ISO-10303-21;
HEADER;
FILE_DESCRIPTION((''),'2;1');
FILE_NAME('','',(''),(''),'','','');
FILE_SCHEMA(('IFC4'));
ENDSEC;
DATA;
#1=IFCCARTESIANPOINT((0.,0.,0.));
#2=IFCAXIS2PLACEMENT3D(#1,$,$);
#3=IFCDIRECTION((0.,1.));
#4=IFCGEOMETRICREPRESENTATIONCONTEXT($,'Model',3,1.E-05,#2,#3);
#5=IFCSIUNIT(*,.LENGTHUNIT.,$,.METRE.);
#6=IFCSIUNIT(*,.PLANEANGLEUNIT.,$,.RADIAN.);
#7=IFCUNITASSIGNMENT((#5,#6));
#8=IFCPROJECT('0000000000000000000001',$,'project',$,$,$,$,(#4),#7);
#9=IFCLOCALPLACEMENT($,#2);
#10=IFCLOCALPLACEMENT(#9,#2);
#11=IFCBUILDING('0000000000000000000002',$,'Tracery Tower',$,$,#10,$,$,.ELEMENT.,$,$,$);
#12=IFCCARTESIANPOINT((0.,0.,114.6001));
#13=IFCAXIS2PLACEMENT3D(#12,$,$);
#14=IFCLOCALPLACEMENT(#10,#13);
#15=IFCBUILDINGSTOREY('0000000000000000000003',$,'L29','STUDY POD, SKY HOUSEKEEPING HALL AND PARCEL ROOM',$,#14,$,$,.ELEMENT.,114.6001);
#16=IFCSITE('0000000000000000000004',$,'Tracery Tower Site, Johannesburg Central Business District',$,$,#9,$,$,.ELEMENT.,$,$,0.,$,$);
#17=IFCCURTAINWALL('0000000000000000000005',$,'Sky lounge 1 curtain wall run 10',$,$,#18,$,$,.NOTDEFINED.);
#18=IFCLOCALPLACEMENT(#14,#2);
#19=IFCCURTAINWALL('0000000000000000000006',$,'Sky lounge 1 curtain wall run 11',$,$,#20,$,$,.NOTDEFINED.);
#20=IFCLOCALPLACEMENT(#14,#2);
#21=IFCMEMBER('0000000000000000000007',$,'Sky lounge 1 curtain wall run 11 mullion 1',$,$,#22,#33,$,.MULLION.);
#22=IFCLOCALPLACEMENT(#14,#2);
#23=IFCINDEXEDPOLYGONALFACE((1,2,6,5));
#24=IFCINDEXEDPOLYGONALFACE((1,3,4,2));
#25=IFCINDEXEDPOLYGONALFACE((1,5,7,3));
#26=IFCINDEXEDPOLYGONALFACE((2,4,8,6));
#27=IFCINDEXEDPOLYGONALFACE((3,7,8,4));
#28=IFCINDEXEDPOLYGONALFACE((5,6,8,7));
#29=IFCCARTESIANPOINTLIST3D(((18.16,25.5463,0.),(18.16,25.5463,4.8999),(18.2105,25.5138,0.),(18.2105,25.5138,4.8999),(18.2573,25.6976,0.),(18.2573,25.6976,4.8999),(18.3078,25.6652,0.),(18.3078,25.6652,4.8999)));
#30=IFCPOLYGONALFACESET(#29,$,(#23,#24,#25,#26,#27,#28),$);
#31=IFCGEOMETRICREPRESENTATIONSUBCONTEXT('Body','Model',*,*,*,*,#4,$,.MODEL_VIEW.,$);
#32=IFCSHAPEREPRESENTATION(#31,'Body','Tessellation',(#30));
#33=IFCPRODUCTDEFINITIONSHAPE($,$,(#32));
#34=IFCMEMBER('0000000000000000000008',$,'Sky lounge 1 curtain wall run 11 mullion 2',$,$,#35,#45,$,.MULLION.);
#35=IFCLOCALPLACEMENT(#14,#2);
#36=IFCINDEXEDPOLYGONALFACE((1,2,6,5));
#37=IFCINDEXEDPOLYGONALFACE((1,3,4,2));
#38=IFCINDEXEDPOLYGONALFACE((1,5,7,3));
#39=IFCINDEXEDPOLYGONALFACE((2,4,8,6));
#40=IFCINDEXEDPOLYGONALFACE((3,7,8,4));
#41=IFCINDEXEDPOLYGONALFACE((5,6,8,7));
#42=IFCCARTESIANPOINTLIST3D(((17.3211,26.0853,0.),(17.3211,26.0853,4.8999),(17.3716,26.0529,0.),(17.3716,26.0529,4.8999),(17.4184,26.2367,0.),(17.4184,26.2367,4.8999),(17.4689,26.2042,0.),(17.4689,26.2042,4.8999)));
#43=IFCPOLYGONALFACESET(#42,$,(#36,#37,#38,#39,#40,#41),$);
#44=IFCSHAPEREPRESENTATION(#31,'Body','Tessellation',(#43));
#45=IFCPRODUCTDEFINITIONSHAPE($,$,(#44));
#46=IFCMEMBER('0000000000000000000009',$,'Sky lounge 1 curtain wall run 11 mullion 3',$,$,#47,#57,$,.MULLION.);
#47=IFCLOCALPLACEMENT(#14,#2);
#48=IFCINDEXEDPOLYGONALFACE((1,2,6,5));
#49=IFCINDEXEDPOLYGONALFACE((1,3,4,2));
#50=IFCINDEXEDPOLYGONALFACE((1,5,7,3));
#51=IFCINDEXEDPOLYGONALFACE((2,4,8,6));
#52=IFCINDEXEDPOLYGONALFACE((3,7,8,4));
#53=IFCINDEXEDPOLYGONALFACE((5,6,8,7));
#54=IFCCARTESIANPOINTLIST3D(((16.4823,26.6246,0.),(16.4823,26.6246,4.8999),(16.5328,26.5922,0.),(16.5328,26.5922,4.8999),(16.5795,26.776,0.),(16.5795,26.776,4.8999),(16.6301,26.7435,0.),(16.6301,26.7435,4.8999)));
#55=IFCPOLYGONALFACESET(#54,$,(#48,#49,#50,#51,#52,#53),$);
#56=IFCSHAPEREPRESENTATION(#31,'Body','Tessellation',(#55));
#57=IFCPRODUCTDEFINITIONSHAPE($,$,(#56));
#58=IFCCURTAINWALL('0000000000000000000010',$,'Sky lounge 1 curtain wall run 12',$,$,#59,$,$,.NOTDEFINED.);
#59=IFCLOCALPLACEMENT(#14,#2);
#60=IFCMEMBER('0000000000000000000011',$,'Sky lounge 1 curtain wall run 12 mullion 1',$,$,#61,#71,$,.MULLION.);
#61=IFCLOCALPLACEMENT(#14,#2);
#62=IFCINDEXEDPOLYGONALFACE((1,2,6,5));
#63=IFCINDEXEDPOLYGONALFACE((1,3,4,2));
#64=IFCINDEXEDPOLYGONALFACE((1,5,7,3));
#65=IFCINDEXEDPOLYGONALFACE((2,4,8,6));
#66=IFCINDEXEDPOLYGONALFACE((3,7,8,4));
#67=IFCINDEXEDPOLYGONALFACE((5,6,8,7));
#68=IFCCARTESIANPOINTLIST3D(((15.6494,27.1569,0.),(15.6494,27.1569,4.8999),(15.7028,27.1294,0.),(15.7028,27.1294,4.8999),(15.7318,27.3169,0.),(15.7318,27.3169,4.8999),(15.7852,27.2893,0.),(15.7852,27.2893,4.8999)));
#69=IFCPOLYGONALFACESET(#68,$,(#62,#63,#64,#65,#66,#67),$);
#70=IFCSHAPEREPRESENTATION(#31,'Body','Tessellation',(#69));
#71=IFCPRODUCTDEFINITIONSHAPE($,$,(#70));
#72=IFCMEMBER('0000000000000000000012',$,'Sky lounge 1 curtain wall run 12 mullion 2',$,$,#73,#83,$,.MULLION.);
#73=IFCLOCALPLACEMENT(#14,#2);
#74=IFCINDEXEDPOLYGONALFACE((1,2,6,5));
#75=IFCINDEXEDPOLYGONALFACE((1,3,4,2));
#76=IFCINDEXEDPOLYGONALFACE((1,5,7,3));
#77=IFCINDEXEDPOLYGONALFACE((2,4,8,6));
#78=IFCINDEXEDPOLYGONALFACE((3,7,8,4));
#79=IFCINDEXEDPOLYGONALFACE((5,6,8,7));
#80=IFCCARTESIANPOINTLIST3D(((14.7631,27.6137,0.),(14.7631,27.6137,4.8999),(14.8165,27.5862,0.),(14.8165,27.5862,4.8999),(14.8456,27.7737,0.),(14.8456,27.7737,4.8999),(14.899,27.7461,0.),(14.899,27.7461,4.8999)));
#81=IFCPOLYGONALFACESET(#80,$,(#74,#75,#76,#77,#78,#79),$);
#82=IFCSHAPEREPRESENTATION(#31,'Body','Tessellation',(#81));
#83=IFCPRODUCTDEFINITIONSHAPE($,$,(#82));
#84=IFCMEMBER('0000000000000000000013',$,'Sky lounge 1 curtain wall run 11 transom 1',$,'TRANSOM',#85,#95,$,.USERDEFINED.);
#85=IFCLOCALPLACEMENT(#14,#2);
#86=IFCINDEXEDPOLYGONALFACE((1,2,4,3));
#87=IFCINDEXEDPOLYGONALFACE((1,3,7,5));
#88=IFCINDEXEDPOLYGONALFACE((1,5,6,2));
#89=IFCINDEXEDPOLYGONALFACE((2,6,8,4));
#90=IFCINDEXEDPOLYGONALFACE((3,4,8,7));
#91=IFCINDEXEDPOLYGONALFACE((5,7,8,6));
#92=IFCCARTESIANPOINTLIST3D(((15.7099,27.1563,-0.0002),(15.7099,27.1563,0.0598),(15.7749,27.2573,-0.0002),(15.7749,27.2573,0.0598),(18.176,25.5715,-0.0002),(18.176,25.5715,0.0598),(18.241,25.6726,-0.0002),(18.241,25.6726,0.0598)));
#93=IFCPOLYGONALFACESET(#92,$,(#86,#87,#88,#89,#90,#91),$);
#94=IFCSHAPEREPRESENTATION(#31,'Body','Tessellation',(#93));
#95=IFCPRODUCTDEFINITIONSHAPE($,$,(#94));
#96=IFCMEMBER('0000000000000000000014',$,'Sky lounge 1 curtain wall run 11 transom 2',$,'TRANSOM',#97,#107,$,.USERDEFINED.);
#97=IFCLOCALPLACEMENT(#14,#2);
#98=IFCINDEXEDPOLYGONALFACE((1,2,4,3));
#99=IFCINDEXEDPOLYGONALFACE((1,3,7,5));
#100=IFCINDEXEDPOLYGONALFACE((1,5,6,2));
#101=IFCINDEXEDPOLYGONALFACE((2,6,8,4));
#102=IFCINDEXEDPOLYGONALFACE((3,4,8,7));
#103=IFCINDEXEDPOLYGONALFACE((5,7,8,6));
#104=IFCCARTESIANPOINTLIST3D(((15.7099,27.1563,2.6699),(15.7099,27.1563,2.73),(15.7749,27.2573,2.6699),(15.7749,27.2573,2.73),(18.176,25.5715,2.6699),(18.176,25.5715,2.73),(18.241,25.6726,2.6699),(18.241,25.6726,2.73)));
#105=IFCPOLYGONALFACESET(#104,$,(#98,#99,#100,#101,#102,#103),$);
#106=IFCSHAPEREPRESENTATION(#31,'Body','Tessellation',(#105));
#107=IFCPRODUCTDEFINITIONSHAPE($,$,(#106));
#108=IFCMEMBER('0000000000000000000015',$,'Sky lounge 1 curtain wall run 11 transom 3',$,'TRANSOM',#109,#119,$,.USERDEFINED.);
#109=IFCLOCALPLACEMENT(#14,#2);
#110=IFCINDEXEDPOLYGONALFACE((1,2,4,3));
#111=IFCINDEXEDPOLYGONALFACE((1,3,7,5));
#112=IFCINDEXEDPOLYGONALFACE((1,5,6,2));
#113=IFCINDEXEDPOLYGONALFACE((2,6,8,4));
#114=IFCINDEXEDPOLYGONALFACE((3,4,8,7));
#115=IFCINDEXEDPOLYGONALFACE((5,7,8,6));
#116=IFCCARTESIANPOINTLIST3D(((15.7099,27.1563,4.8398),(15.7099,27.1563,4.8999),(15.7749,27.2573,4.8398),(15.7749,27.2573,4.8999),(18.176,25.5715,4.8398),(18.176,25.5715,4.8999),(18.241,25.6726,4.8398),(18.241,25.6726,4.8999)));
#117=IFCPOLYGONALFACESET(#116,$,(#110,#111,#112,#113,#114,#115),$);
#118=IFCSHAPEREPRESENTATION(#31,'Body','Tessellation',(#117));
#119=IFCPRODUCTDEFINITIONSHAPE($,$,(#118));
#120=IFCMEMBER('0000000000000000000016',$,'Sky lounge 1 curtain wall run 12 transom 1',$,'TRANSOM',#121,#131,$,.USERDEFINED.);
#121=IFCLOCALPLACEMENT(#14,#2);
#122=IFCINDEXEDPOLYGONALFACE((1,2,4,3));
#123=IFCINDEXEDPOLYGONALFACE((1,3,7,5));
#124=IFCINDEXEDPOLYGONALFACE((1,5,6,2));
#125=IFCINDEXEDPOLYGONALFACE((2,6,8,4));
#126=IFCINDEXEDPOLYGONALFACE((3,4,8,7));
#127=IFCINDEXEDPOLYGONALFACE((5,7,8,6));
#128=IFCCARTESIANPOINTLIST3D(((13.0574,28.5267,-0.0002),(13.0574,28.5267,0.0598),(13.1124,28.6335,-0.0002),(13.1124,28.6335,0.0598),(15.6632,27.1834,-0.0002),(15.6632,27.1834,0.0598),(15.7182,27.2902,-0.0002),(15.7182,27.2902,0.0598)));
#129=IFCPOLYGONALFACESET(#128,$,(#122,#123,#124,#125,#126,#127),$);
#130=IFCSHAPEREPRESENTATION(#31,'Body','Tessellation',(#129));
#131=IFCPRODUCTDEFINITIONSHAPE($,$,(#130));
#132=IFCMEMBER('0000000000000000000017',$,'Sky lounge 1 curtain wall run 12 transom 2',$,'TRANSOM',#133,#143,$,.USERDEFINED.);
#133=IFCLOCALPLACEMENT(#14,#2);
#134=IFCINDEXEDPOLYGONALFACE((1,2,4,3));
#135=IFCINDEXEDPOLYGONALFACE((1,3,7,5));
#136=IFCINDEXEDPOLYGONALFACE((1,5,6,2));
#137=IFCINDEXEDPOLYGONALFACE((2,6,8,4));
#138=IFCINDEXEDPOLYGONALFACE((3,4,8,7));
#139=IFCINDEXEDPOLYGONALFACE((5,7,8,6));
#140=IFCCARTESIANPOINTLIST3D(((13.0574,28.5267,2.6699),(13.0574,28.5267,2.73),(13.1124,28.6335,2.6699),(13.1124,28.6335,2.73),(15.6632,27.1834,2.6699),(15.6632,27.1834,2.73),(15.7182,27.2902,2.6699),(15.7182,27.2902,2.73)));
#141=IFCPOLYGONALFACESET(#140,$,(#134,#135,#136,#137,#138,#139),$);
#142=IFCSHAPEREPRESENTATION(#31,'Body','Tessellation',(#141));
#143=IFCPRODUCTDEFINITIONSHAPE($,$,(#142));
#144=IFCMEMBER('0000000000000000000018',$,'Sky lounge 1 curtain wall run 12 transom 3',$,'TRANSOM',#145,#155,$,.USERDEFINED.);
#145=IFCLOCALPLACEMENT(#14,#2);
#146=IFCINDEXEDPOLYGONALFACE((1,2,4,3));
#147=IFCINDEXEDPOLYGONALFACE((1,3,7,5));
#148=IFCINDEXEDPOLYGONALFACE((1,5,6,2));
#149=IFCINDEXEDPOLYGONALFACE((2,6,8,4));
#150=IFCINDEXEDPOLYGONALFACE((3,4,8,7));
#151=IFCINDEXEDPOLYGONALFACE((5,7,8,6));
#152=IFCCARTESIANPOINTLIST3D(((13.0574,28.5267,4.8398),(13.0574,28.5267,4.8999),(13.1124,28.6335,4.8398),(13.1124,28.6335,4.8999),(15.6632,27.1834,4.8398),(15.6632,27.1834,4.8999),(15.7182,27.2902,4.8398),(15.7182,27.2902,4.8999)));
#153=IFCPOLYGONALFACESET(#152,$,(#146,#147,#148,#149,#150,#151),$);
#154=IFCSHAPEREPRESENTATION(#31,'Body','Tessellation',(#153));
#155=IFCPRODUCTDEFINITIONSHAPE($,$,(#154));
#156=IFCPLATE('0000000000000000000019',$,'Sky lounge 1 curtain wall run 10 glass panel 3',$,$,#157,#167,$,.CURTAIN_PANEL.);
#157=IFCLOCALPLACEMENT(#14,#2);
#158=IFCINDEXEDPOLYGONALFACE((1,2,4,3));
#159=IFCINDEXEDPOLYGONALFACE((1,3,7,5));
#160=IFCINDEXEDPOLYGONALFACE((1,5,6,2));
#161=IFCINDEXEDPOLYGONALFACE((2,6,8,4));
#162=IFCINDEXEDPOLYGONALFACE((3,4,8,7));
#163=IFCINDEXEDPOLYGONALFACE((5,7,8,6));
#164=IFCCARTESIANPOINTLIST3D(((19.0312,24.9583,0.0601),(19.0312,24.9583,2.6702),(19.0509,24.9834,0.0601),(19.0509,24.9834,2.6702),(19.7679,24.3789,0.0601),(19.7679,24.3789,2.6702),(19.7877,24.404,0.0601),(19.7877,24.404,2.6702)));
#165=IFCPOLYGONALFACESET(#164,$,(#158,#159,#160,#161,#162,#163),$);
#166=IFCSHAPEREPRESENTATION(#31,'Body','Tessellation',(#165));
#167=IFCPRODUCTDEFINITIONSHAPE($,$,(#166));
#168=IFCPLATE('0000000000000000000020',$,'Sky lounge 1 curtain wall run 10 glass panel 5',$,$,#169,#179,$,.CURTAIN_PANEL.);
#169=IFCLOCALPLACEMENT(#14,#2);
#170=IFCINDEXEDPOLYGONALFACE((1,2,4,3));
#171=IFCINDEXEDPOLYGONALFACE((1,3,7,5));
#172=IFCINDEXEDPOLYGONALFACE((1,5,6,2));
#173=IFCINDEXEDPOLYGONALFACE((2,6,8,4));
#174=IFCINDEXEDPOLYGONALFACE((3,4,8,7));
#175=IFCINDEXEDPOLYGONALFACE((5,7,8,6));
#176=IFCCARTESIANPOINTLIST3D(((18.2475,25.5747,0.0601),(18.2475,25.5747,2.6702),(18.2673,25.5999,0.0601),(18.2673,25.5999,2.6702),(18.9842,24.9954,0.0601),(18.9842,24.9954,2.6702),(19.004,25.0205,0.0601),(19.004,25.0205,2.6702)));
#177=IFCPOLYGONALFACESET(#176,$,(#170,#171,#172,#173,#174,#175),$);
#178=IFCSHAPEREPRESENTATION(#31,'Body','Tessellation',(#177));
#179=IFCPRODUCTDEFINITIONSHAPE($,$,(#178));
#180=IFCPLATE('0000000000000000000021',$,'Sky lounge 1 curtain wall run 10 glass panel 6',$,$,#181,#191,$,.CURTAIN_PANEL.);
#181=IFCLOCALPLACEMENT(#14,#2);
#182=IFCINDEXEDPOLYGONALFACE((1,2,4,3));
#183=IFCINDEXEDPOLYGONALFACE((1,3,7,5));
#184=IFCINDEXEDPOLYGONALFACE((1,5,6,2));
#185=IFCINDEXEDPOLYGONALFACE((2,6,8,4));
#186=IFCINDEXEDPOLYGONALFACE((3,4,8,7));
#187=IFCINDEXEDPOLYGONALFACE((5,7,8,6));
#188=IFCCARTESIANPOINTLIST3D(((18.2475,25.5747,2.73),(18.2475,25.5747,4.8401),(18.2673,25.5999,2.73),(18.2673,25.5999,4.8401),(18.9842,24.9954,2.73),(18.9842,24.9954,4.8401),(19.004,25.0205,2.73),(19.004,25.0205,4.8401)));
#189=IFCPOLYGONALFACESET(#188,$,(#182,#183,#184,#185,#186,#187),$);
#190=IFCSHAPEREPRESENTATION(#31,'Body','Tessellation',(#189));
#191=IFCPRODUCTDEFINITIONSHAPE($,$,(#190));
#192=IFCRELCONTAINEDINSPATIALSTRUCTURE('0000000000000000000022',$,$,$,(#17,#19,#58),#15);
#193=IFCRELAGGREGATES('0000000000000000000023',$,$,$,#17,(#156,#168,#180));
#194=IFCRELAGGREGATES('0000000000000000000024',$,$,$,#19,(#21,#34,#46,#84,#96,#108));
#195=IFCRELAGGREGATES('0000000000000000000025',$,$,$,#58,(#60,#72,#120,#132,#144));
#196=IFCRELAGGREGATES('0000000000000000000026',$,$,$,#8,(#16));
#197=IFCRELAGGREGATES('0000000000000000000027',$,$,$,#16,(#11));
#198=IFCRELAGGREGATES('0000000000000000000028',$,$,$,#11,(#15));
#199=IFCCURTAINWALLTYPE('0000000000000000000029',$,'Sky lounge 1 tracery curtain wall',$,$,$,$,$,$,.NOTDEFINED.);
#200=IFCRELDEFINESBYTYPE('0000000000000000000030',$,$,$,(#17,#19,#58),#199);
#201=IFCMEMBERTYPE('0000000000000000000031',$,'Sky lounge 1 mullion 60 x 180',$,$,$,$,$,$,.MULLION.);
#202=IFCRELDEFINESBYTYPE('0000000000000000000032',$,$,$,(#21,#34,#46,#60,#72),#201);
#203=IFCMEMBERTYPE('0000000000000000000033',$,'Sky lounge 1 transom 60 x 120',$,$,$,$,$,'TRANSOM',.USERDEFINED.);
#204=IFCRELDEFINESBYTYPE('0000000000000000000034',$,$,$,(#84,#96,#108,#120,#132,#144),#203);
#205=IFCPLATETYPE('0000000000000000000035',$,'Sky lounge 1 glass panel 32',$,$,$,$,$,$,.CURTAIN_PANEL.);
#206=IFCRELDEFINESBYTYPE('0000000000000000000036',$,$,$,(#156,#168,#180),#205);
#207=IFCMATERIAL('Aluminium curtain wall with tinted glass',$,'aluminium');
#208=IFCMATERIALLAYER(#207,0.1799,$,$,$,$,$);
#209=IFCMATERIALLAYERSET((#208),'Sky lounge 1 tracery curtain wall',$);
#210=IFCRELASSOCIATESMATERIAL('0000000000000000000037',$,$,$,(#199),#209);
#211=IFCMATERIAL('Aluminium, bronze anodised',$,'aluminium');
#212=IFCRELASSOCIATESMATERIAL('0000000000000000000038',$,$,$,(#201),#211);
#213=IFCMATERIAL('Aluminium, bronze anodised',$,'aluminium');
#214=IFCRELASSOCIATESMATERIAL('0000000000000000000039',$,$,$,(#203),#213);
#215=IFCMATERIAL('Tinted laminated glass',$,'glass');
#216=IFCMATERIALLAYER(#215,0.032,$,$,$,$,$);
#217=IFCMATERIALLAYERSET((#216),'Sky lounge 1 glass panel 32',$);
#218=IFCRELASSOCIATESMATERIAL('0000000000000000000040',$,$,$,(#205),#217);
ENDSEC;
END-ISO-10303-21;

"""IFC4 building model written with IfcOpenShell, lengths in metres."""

from ifc_helpers import new_model, si_unit, direction, frame, origin, origin_2d, place, context, subcontext, project, spatial, rectangle, extrude, material, layer, layer_set, material_profile, profile_set, type_object, element, aggregate, save


model = new_model("IFC4")

# Units and contexts
model_context = context("Model", 3, precision=1e-05, world=origin(), true_north=direction((0.0, 1.0)))
body_context = subcontext(model_context, "Body", "Model", "MODEL_VIEW")
ifc_project = project(units=[si_unit("LENGTHUNIT", "METRE"), si_unit("PLANEANGLEUNIT", "RADIAN")], contexts=[model_context])

# Site, building, storey
site_placement = place(None, origin())
site = spatial("IfcSite", under=ifc_project, at=site_placement, Name="Tracery Tower Site, Johannesburg Central Business District", CompositionType="ELEMENT", RefElevation=0.0)
building_placement = place(site_placement, origin())
building = spatial("IfcBuilding", under=site, at=building_placement, Name="Tracery Tower", CompositionType="ELEMENT")
storey_placement = place(building_placement, frame((0.0, 0.0, 114.6001)))
storey = spatial("IfcBuildingStorey", under=building, at=storey_placement, Name="L29", Description="STUDY POD, SKY HOUSEKEEPING HALL AND PARCEL ROOM", CompositionType="ELEMENT", Elevation=114.6001)

# Curtain wall
ifc_material_1 = material(Name="Aluminium curtain wall with tinted glass", Category="aluminium")
ifc_layer_1 = layer(ifc_material_1, 0.1799)
ifc_layer_set_1 = layer_set([ifc_layer_1], Name="Sky lounge 1 tracery curtain wall")
curtain_wall_type = type_object("IfcCurtainWallType", Name="Sky lounge 1 tracery curtain wall", PredefinedType="NOTDEFINED", material=ifc_layer_set_1)
curtain_wall_1_placement = place(storey_placement, origin())
curtain_wall_1 = element("IfcCurtainWall", 1, at=curtain_wall_1_placement, inside=storey, type_object=curtain_wall_type, Name="Sky lounge 1 curtain wall run 10", PredefinedType="NOTDEFINED")
ifc_material_2 = material(Name="Aluminium, bronze anodised", Category="aluminium")
ifc_material_profile_1 = material_profile(ifc_material_2, rectangle(XDim=0.1799, YDim=0.0601, at=origin_2d()), Name="AL 60x180")
ifc_profile_set_1 = profile_set([ifc_material_profile_1], Name="Aluminium, bronze anodised")
member_type_1 = type_object("IfcMemberType", Name="Sky lounge 1 mullion 60 x 180", PredefinedType="MULLION", material=ifc_profile_set_1)

# Curtain walls, members
curtain_wall_2_placement = place(storey_placement, origin())
curtain_wall_2 = element("IfcCurtainWall", 2, at=curtain_wall_2_placement, inside=storey, type_object=curtain_wall_type, Name="Sky lounge 1 curtain wall run 11", PredefinedType="NOTDEFINED")
member_1_placement = place(storey_placement, frame((18.2339, 25.6057, 0.0), z_axis=(0.0, 0.0, 1.0), x_axis=(-0.540641, -0.841254, 0.0)))
member_1 = element("IfcMember", 3, at=member_1_placement, type_object=member_type_1, Name="Sky lounge 1 curtain wall run 11 mullion 1", PredefinedType="MULLION", context=body_context, shape_type="SweptSolid", body=[
    extrude(rectangle(XDim=0.1799, YDim=0.0601, at=origin_2d()), origin(), (0.0, 0.0, 1.0), 4.8999),
])
member_2_placement = place(storey_placement, frame((17.395, 26.1448, 0.0), z_axis=(0.0, 0.0, 1.0), x_axis=(-0.540641, -0.841254, 0.0)))
member_2 = element("IfcMember", 4, at=member_2_placement, type_object=member_type_1, Name="Sky lounge 1 curtain wall run 11 mullion 2", PredefinedType="MULLION", context=body_context, shape_type="SweptSolid", body=[
    extrude(rectangle(XDim=0.1799, YDim=0.0601, at=origin_2d()), origin(), (0.0, 0.0, 1.0), 4.8999),
])
member_3_placement = place(storey_placement, frame((16.5562, 26.6841, 0.0), z_axis=(0.0, 0.0, 1.0), x_axis=(-0.540641, -0.841254, 0.0)))
member_3 = element("IfcMember", 5, at=member_3_placement, type_object=member_type_1, Name="Sky lounge 1 curtain wall run 11 mullion 3", PredefinedType="MULLION", context=body_context, shape_type="SweptSolid", body=[
    extrude(rectangle(XDim=0.1799, YDim=0.0601, at=origin_2d()), origin(), (0.0, 0.0, 1.0), 4.8999),
])
curtain_wall_3_placement = place(storey_placement, origin())
curtain_wall_3 = element("IfcCurtainWall", 6, at=curtain_wall_3_placement, inside=storey, type_object=curtain_wall_type, Name="Sky lounge 1 curtain wall run 12", PredefinedType="NOTDEFINED")
member_4_placement = place(storey_placement, frame((15.7173, 27.2231, 0.0), z_axis=(0.0, 0.0, 1.0), x_axis=(-0.458227, -0.888835, 0.0)))
member_4 = element("IfcMember", 7, at=member_4_placement, type_object=member_type_1, Name="Sky lounge 1 curtain wall run 12 mullion 1", PredefinedType="MULLION", context=body_context, shape_type="SweptSolid", body=[
    extrude(rectangle(XDim=0.1799, YDim=0.0601, at=origin_2d()), origin(), (0.0, 0.0, 1.0), 4.8999),
])
member_5_placement = place(storey_placement, frame((14.8311, 27.6799, 0.0), z_axis=(0.0, 0.0, 1.0), x_axis=(-0.458227, -0.888835, 0.0)))
member_5 = element("IfcMember", 8, at=member_5_placement, type_object=member_type_1, Name="Sky lounge 1 curtain wall run 12 mullion 2", PredefinedType="MULLION", context=body_context, shape_type="SweptSolid", body=[
    extrude(rectangle(XDim=0.1799, YDim=0.0601, at=origin_2d()), origin(), (0.0, 0.0, 1.0), 4.8999),
])

# Members
ifc_material_3 = material(Name="Aluminium, bronze anodised", Category="aluminium")
ifc_material_profile_2 = material_profile(ifc_material_3, rectangle(XDim=0.1201, YDim=0.0601, at=origin_2d()), Name="AL 60x120")
ifc_profile_set_2 = profile_set([ifc_material_profile_2], Name="Aluminium, bronze anodised")
member_type_2 = type_object("IfcMemberType", Name="Sky lounge 1 transom 60 x 120", ElementType="TRANSOM", PredefinedType="USERDEFINED", material=ifc_profile_set_2)
member_6_placement = place(storey_placement, frame((18.2085, 25.6221, 0.0298), z_axis=(-0.841273, 0.54061, 0.0), x_axis=(-0.54061, -0.841273, 0.0)))
member_6 = element("IfcMember", 9, at=member_6_placement, type_object=member_type_2, Name="Sky lounge 1 curtain wall run 11 transom 1", ObjectType="TRANSOM", PredefinedType="USERDEFINED", context=body_context, shape_type="SweptSolid", body=[
    extrude(rectangle(XDim=0.1201, YDim=0.0601, at=origin_2d()), origin(), (0.0, 0.0, 1.0), 2.9314),
])
member_7_placement = place(storey_placement, frame((18.2085, 25.6221, 2.7), z_axis=(-0.841273, 0.54061, 0.0), x_axis=(-0.54061, -0.841273, 0.0)))
member_7 = element("IfcMember", 10, at=member_7_placement, type_object=member_type_2, Name="Sky lounge 1 curtain wall run 11 transom 2", ObjectType="TRANSOM", PredefinedType="USERDEFINED", context=body_context, shape_type="SweptSolid", body=[
    extrude(rectangle(XDim=0.1201, YDim=0.0601, at=origin_2d()), origin(), (0.0, 0.0, 1.0), 2.9314),
])
member_8_placement = place(storey_placement, frame((18.2085, 25.6221, 4.8699), z_axis=(-0.841273, 0.54061, 0.0), x_axis=(-0.54061, -0.841273, 0.0)))
member_8 = element("IfcMember", 11, at=member_8_placement, type_object=member_type_2, Name="Sky lounge 1 curtain wall run 11 transom 3", ObjectType="TRANSOM", PredefinedType="USERDEFINED", context=body_context, shape_type="SweptSolid", body=[
    extrude(rectangle(XDim=0.1201, YDim=0.0601, at=origin_2d()), origin(), (0.0, 0.0, 1.0), 2.9314),
])
member_9_placement = place(storey_placement, frame((15.6907, 27.2368, 0.0298), z_axis=(-0.888846, 0.458206, 0.0), x_axis=(-0.458206, -0.888846, 0.0)))
member_9 = element("IfcMember", 12, at=member_9_placement, type_object=member_type_2, Name="Sky lounge 1 curtain wall run 12 transom 1", ObjectType="TRANSOM", PredefinedType="USERDEFINED", context=body_context, shape_type="SweptSolid", body=[
    extrude(rectangle(XDim=0.1201, YDim=0.0601, at=origin_2d()), origin(), (0.0, 0.0, 1.0), 2.9316),
])
member_10_placement = place(storey_placement, frame((15.6907, 27.2368, 2.7), z_axis=(-0.888846, 0.458206, 0.0), x_axis=(-0.458206, -0.888846, 0.0)))
member_10 = element("IfcMember", 13, at=member_10_placement, type_object=member_type_2, Name="Sky lounge 1 curtain wall run 12 transom 2", ObjectType="TRANSOM", PredefinedType="USERDEFINED", context=body_context, shape_type="SweptSolid", body=[
    extrude(rectangle(XDim=0.1201, YDim=0.0601, at=origin_2d()), origin(), (0.0, 0.0, 1.0), 2.9316),
])
member_11_placement = place(storey_placement, frame((15.6907, 27.2368, 4.8699), z_axis=(-0.888846, 0.458206, 0.0), x_axis=(-0.458206, -0.888846, 0.0)))
member_11 = element("IfcMember", 14, at=member_11_placement, type_object=member_type_2, Name="Sky lounge 1 curtain wall run 12 transom 3", ObjectType="TRANSOM", PredefinedType="USERDEFINED", context=body_context, shape_type="SweptSolid", body=[
    extrude(rectangle(XDim=0.1201, YDim=0.0601, at=origin_2d()), origin(), (0.0, 0.0, 1.0), 2.9316),
])

# Plates
ifc_material_4 = material(Name="Tinted laminated glass", Category="glass")
ifc_layer_2 = layer(ifc_material_4, 0.032)
ifc_layer_set_2 = layer_set([ifc_layer_2], Name="Sky lounge 1 glass panel 32")
plate_type = type_object("IfcPlateType", Name="Sky lounge 1 glass panel 32", PredefinedType="CURTAIN_PANEL", material=ifc_layer_set_2)
plate_1_placement = place(storey_placement, frame((19.4094, 24.6812, 0.0601), z_axis=(0.0, 0.0, 1.0), x_axis=(-0.786053, 0.618159, 0.0)))
plate_1 = element("IfcPlate", 15, at=plate_1_placement, type_object=plate_type, Name="Sky lounge 1 curtain wall run 10 glass panel 3", PredefinedType="CURTAIN_PANEL", context=body_context, shape_type="SweptSolid", body=[
    extrude(rectangle(XDim=0.9373, YDim=0.032, at=origin_2d()), origin(), (0.0, 0.0, 1.0), 2.6101),
])
plate_2_placement = place(storey_placement, frame((18.6257, 25.2976, 0.0601), z_axis=(0.0, 0.0, 1.0), x_axis=(-0.786053, 0.618159, 0.0)))
plate_2 = element("IfcPlate", 16, at=plate_2_placement, type_object=plate_type, Name="Sky lounge 1 curtain wall run 10 glass panel 5", PredefinedType="CURTAIN_PANEL", context=body_context, shape_type="SweptSolid", body=[
    extrude(rectangle(XDim=0.9373, YDim=0.032, at=origin_2d()), origin(), (0.0, 0.0, 1.0), 2.6101),
])
plate_3_placement = place(storey_placement, frame((18.6257, 25.2976, 2.73), z_axis=(0.0, 0.0, 1.0), x_axis=(-0.786053, 0.618159, 0.0)))
plate_3 = element("IfcPlate", 17, at=plate_3_placement, type_object=plate_type, Name="Sky lounge 1 curtain wall run 10 glass panel 6", PredefinedType="CURTAIN_PANEL", context=body_context, shape_type="SweptSolid", body=[
    extrude(rectangle(XDim=0.9373, YDim=0.032, at=origin_2d()), origin(), (0.0, 0.0, 1.0), 2.1101),
])
aggregate(curtain_wall_1, [plate_1, plate_2, plate_3])
aggregate(curtain_wall_2, [member_1, member_2, member_3, member_6, member_7, member_8])
aggregate(curtain_wall_3, [member_4, member_5, member_9, member_10, member_11])

save(model, "model.ifc")
